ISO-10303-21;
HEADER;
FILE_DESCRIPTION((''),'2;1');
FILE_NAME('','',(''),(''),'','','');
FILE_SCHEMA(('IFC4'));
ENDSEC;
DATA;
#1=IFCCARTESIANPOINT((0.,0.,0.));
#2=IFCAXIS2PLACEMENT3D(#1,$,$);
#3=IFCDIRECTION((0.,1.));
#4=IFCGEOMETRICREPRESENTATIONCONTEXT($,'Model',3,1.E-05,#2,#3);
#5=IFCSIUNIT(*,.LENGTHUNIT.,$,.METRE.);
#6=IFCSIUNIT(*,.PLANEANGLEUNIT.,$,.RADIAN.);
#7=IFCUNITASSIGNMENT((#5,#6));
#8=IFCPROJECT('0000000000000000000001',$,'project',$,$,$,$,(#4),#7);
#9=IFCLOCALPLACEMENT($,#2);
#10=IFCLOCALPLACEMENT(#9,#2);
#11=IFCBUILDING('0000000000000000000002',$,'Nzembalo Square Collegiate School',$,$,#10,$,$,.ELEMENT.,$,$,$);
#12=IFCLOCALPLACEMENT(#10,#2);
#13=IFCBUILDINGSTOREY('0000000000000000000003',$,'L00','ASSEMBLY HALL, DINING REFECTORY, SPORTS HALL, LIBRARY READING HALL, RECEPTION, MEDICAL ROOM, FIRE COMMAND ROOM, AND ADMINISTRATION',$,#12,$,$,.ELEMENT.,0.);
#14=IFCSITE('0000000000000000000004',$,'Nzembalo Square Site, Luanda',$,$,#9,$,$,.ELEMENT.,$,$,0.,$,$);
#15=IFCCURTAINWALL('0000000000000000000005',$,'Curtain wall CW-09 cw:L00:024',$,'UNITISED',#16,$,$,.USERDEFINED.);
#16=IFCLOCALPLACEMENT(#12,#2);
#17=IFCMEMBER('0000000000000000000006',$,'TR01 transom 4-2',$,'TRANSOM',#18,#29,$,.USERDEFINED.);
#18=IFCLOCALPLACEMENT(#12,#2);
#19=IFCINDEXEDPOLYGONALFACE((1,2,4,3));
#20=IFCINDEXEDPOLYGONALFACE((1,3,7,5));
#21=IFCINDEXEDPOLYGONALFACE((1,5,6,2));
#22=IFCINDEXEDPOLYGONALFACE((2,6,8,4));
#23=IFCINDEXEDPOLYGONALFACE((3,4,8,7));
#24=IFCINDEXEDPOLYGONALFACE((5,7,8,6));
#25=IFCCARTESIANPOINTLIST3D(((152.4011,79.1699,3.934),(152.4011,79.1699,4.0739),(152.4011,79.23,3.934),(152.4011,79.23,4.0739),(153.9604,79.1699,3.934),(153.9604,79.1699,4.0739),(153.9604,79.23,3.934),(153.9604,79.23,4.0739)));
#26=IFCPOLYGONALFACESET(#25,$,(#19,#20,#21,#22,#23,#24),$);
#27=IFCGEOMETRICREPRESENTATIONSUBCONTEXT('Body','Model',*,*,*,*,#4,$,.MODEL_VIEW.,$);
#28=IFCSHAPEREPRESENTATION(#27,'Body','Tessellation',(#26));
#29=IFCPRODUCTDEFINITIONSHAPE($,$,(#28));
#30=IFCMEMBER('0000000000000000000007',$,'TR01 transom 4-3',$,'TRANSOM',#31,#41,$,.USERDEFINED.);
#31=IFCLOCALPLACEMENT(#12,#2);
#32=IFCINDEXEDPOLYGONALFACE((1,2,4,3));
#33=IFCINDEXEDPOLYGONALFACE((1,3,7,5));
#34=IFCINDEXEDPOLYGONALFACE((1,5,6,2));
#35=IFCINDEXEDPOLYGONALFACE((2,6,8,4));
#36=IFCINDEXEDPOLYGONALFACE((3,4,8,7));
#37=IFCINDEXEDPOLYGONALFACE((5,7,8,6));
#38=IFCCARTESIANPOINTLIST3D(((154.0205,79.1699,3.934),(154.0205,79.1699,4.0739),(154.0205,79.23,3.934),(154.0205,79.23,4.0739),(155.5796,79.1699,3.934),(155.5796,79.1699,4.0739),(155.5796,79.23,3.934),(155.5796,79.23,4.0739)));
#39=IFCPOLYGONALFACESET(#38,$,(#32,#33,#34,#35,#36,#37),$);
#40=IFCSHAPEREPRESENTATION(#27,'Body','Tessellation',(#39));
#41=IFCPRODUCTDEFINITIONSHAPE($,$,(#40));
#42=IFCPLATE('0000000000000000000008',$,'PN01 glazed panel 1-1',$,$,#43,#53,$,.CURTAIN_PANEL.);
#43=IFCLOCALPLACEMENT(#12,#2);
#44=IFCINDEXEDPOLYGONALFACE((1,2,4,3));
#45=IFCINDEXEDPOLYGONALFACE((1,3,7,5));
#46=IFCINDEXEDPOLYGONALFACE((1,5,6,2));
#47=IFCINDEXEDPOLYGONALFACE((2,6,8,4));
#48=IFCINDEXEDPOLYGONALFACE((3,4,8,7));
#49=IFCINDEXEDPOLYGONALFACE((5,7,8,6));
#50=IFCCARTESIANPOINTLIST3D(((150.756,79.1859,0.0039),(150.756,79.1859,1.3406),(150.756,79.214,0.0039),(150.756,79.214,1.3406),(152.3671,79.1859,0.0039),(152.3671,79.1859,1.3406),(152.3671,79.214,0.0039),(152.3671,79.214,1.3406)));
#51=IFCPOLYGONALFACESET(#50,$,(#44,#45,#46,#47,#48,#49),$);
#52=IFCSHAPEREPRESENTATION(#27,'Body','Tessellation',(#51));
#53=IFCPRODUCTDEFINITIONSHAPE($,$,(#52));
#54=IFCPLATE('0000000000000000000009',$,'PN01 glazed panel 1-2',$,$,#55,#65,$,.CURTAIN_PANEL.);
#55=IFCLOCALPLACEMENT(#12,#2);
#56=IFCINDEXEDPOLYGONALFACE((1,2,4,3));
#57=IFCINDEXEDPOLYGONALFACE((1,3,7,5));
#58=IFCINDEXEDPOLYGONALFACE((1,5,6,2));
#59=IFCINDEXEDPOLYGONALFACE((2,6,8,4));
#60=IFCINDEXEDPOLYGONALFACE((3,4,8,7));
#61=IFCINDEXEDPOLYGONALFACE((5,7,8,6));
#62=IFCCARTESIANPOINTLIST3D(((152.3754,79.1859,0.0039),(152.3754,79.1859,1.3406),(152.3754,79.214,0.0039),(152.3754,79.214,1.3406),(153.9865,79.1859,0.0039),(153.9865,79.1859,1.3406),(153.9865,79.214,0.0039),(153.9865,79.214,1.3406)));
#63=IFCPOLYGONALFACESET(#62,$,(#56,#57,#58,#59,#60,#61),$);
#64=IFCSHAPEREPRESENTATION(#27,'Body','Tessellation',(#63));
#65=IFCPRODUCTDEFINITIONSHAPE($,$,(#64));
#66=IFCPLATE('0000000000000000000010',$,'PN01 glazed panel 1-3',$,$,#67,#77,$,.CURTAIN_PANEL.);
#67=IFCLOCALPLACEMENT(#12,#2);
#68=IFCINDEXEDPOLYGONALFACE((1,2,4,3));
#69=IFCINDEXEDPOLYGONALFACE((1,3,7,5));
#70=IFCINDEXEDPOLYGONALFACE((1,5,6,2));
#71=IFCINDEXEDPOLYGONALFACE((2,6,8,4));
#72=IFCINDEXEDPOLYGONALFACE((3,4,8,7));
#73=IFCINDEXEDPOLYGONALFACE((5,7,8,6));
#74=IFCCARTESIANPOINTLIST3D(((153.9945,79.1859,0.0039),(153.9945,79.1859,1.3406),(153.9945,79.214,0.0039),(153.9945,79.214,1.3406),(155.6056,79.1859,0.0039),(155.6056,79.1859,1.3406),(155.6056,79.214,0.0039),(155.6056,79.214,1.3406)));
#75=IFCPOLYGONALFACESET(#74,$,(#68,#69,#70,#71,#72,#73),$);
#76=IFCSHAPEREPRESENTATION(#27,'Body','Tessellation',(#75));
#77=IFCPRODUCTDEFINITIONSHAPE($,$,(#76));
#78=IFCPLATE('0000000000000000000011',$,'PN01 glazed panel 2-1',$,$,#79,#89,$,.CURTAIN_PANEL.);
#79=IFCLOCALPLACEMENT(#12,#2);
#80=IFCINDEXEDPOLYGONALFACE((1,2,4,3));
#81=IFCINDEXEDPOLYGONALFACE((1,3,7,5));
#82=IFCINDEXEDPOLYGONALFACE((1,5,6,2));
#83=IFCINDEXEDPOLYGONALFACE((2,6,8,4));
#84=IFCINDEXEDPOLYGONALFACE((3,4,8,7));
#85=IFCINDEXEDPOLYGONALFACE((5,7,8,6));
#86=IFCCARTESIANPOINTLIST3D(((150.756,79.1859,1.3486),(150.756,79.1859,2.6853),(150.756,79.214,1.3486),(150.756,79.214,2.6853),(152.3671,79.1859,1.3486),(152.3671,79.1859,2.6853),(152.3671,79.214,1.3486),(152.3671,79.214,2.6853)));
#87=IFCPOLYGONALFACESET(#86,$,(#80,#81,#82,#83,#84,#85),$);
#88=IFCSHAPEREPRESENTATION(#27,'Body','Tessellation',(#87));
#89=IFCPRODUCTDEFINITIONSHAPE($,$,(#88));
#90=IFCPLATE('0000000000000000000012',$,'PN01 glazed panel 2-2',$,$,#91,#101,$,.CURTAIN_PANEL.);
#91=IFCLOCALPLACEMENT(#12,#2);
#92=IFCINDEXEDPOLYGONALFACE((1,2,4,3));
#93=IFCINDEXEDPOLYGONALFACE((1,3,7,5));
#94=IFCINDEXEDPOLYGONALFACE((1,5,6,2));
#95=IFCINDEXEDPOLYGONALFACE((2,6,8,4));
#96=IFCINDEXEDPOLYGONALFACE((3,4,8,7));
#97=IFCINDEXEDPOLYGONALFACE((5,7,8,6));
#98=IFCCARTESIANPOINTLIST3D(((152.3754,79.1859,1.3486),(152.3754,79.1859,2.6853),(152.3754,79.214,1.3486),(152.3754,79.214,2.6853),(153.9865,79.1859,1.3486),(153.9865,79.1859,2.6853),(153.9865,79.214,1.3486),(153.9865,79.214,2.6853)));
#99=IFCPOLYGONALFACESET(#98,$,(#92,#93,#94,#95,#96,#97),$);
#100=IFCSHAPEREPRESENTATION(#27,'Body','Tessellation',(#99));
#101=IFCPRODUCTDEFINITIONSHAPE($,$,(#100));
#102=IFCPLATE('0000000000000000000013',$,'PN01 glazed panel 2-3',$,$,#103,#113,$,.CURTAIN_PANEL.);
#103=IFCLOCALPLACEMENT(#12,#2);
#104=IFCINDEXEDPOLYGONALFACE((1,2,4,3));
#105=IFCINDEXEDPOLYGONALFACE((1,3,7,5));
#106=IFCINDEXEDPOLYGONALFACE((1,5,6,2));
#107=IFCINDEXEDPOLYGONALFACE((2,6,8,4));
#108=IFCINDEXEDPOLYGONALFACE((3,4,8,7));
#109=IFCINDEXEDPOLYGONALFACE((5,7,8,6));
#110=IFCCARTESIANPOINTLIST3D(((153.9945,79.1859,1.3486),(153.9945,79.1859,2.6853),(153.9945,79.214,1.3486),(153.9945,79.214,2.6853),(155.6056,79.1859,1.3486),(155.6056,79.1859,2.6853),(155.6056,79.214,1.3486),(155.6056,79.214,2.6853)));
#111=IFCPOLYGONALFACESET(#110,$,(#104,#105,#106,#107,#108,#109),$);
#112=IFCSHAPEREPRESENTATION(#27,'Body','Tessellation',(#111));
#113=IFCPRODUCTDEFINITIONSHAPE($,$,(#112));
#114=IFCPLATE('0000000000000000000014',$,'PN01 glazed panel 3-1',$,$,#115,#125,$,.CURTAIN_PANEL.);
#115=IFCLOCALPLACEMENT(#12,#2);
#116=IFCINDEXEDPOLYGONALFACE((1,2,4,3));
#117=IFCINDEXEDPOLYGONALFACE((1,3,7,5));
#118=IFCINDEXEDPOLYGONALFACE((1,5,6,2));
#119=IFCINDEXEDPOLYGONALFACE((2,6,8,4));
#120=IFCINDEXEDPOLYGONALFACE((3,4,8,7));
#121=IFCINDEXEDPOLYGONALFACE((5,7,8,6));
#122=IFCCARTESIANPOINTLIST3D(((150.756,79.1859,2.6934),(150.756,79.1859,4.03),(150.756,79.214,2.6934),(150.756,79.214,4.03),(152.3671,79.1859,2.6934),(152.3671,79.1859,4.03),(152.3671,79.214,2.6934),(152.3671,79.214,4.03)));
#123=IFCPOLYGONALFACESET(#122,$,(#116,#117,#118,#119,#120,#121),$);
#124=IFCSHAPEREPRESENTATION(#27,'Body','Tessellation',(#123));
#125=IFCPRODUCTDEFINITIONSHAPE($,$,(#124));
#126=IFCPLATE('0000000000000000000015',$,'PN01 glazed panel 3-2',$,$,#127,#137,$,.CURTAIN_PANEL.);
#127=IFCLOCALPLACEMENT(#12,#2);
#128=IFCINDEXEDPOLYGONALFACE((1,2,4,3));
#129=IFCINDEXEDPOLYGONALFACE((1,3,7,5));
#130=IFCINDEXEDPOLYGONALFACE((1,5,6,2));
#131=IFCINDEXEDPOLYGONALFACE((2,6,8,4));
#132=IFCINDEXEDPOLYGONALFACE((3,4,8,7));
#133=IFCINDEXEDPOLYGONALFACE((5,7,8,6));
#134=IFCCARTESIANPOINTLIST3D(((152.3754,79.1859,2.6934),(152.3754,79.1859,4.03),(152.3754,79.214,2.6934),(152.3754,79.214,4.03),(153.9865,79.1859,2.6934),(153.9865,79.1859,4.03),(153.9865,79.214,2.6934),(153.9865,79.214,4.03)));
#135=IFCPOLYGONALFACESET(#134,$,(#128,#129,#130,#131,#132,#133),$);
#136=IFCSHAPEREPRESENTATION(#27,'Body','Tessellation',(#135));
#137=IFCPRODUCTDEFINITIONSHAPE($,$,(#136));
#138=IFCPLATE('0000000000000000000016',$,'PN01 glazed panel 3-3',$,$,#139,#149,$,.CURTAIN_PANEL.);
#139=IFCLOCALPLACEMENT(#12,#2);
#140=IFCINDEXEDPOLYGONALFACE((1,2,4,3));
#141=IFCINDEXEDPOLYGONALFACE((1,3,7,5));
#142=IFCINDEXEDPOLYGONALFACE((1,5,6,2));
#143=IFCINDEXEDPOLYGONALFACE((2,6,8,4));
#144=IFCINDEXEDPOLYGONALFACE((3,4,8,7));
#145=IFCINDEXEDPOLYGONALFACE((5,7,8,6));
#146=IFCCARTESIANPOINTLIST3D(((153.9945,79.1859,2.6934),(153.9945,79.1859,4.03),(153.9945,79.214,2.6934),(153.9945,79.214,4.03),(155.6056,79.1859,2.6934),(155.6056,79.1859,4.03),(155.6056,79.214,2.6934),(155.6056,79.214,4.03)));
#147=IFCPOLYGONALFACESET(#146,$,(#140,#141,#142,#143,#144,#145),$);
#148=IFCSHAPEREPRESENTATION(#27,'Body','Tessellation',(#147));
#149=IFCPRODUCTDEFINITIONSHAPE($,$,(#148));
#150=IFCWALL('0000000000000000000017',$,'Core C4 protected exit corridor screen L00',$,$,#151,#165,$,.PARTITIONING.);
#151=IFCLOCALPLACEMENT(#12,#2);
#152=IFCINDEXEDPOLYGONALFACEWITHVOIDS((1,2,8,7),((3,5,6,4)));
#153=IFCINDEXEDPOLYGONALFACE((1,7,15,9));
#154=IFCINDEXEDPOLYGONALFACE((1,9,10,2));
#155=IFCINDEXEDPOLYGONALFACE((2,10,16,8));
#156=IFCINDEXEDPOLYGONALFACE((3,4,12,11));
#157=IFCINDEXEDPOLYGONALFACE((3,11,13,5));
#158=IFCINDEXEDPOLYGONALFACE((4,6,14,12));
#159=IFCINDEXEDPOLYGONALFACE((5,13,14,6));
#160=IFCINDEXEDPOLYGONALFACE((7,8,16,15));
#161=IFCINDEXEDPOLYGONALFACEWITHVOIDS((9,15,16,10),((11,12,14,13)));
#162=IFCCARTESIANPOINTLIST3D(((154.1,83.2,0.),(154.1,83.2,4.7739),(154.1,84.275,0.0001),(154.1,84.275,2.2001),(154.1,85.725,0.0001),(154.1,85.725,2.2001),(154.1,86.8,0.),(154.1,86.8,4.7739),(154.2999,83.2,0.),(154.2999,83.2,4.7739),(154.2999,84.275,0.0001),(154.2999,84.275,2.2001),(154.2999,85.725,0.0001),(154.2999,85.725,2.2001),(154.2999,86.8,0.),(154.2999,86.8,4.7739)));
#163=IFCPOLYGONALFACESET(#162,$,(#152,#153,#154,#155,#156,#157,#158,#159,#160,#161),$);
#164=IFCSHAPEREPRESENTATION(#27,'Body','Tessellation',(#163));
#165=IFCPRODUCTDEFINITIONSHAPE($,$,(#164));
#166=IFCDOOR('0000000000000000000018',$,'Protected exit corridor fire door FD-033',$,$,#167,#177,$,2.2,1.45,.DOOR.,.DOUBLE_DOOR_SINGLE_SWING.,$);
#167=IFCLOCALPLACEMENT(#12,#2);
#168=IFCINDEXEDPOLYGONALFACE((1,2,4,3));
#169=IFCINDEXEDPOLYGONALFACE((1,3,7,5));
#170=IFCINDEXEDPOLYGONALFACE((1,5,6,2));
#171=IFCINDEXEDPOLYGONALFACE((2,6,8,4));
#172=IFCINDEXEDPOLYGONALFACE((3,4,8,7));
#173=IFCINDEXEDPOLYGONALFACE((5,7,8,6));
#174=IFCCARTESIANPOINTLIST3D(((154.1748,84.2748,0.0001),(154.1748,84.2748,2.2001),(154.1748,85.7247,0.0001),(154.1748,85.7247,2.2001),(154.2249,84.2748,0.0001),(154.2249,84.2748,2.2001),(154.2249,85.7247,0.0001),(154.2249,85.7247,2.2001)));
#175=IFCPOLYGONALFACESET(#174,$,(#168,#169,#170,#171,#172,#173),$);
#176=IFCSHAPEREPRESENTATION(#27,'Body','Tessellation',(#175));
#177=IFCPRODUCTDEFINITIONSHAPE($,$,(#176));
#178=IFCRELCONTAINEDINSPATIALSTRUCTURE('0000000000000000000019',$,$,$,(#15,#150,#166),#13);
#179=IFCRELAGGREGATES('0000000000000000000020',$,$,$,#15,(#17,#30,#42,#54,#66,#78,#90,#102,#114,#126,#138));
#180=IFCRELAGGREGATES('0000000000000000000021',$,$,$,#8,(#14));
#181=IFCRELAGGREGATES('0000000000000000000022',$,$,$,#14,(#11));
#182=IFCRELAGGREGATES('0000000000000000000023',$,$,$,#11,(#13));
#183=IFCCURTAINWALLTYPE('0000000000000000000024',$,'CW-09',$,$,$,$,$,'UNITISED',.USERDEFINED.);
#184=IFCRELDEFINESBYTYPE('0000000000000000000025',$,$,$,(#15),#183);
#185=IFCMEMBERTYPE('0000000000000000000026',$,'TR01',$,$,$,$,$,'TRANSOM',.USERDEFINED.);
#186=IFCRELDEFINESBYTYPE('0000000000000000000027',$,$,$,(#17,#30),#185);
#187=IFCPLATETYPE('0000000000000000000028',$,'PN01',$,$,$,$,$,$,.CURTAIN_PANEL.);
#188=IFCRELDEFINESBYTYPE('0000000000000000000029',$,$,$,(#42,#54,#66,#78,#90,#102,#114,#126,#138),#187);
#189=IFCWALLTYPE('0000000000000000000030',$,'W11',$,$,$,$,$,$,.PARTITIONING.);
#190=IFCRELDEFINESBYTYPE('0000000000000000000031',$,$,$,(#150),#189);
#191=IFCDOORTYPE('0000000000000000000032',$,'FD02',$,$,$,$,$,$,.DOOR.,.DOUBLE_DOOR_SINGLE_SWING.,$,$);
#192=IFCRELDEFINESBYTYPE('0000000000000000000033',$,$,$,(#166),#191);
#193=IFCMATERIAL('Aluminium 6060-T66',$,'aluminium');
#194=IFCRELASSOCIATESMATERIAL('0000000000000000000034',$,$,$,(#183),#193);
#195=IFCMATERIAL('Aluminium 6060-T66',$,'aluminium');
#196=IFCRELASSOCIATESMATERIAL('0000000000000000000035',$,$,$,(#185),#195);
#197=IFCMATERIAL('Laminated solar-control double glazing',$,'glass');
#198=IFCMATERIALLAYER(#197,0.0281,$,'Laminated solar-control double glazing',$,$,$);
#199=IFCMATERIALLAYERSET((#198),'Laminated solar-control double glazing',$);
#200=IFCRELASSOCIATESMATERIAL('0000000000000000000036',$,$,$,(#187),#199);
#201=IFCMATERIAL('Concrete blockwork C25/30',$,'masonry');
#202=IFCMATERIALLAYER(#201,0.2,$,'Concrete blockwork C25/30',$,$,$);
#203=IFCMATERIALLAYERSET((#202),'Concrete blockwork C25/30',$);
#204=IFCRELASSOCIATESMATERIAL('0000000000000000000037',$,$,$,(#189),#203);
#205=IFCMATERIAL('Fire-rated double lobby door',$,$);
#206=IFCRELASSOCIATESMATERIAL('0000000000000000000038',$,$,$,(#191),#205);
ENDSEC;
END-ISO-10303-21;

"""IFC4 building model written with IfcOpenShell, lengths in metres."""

from ifc_helpers import new_model, si_unit, direction, frame, frame_2d, origin, origin_2d, place, context, subcontext, project, spatial, rectangle, extrude, material, layer, layer_set, material_profile, profile_set, type_object, element, fill, aggregate, save


model = new_model("IFC4")

# Units and contexts
model_context = context("Model", 3, precision=1e-05, world=origin(), true_north=direction((0.0, 1.0)))
body_context = subcontext(model_context, "Body", "Model", "MODEL_VIEW")
ifc_project = project(units=[si_unit("LENGTHUNIT", "METRE"), si_unit("PLANEANGLEUNIT", "RADIAN")], contexts=[model_context])

# Site, building, storey
site_placement = place(None, origin())
site = spatial("IfcSite", under=ifc_project, at=site_placement, Name="Nzembalo Square Site, Luanda", CompositionType="ELEMENT", RefElevation=0.0)
building_placement = place(site_placement, origin())
building = spatial("IfcBuilding", under=site, at=building_placement, Name="Nzembalo Square Collegiate School", CompositionType="ELEMENT")
storey_placement = place(building_placement, origin())
storey = spatial("IfcBuildingStorey", under=building, at=storey_placement, Name="L00", Description="ASSEMBLY HALL, DINING REFECTORY, SPORTS HALL, LIBRARY READING HALL, RECEPTION, MEDICAL ROOM, FIRE COMMAND ROOM, AND ADMINISTRATION", CompositionType="ELEMENT", Elevation=0.0)

# Curtain wall, members, plates
ifc_material_1 = material(Name="Aluminium 6060-T66", Category="aluminium")
curtain_wall_type = type_object("IfcCurtainWallType", Name="CW-09", ElementType="UNITISED", PredefinedType="USERDEFINED", material=ifc_material_1)
curtain_wall_placement = place(storey_placement, origin())
curtain_wall = element("IfcCurtainWall", 1, at=curtain_wall_placement, inside=storey, type_object=curtain_wall_type, Name="Curtain wall CW-09 cw:L00:024", ObjectType="UNITISED", PredefinedType="USERDEFINED")
ifc_material_2 = material(Name="Aluminium 6060-T66", Category="aluminium")
ifc_material_profile_1 = material_profile(ifc_material_2, rectangle(XDim=0.0601, YDim=0.1399, at=origin_2d()), Name="ALU T60x140")
ifc_profile_set_1 = profile_set([ifc_material_profile_1], Name="Aluminium 6060-T66")
member_type_1 = type_object("IfcMemberType", Name="TR01", ElementType="TRANSOM", PredefinedType="USERDEFINED", material=ifc_profile_set_1)
member_1_placement = place(storey_placement, frame((152.4011, 79.2, 4.0039), z_axis=(1.0, 0.0, 0.0), x_axis=(0.0, 1.0, 0.0)))
member_1 = element("IfcMember", 2, at=member_1_placement, type_object=member_type_1, Name="TR01 transom 4-2", ObjectType="TRANSOM", PredefinedType="USERDEFINED", context=body_context, shape_type="SweptSolid", body=[
    extrude(rectangle(XDim=0.0601, YDim=0.1399, at=origin_2d()), origin(), (0.0, 0.0, 1.0), 1.5593),
])
member_2_placement = place(storey_placement, frame((154.0205, 79.2, 4.0039), z_axis=(1.0, 0.0, 0.0), x_axis=(0.0, 1.0, 0.0)))
member_2 = element("IfcMember", 3, at=member_2_placement, type_object=member_type_1, Name="TR01 transom 4-3", ObjectType="TRANSOM", PredefinedType="USERDEFINED", context=body_context, shape_type="SweptSolid", body=[
    extrude(rectangle(XDim=0.0601, YDim=0.1399, at=origin_2d()), origin(), (0.0, 0.0, 1.0), 1.5591),
])
ifc_material_3 = material(Name="Laminated solar-control double glazing", Category="glass")
ifc_layer_1 = layer(ifc_material_3, 0.0281, Name="Laminated solar-control double glazing")
ifc_layer_set_1 = layer_set([ifc_layer_1], Name="Laminated solar-control double glazing")
plate_type = type_object("IfcPlateType", Name="PN01", PredefinedType="CURTAIN_PANEL", material=ifc_layer_set_1)
plate_1_placement = place(storey_placement, frame((151.5615, 79.2, 0.0039), z_axis=(0.0, 0.0, 1.0), x_axis=(1.0, 0.0, 0.0)))
plate_1 = element("IfcPlate", 4, at=plate_1_placement, type_object=plate_type, Name="PN01 glazed panel 1-1", PredefinedType="CURTAIN_PANEL", context=body_context, shape_type="SweptSolid", body=[
    extrude(rectangle(XDim=1.6111, YDim=0.0281, at=origin_2d()), origin(), (0.0, 0.0, 1.0), 1.3367),
])
plate_2_placement = place(storey_placement, frame((153.1809, 79.2, 0.0039), z_axis=(0.0, 0.0, 1.0), x_axis=(1.0, 0.0, 0.0)))
plate_2 = element("IfcPlate", 5, at=plate_2_placement, type_object=plate_type, Name="PN01 glazed panel 1-2", PredefinedType="CURTAIN_PANEL", context=body_context, shape_type="SweptSolid", body=[
    extrude(rectangle(XDim=1.6111, YDim=0.0281, at=origin_2d()), origin(), (0.0, 0.0, 1.0), 1.3367),
])
plate_3_placement = place(storey_placement, frame((154.8, 79.2, 0.0039), z_axis=(0.0, 0.0, 1.0), x_axis=(1.0, 0.0, 0.0)))
plate_3 = element("IfcPlate", 6, at=plate_3_placement, type_object=plate_type, Name="PN01 glazed panel 1-3", PredefinedType="CURTAIN_PANEL", context=body_context, shape_type="SweptSolid", body=[
    extrude(rectangle(XDim=1.6111, YDim=0.0281, at=origin_2d()), origin(), (0.0, 0.0, 1.0), 1.3367),
])
plate_4_placement = place(storey_placement, frame((151.5615, 79.2, 1.3486), z_axis=(0.0, 0.0, 1.0), x_axis=(1.0, 0.0, 0.0)))
plate_4 = element("IfcPlate", 7, at=plate_4_placement, type_object=plate_type, Name="PN01 glazed panel 2-1", PredefinedType="CURTAIN_PANEL", context=body_context, shape_type="SweptSolid", body=[
    extrude(rectangle(XDim=1.6111, YDim=0.0281, at=origin_2d()), origin(), (0.0, 0.0, 1.0), 1.3367),
])
plate_5_placement = place(storey_placement, frame((153.1809, 79.2, 1.3486), z_axis=(0.0, 0.0, 1.0), x_axis=(1.0, 0.0, 0.0)))
plate_5 = element("IfcPlate", 8, at=plate_5_placement, type_object=plate_type, Name="PN01 glazed panel 2-2", PredefinedType="CURTAIN_PANEL", context=body_context, shape_type="SweptSolid", body=[
    extrude(rectangle(XDim=1.6111, YDim=0.0281, at=origin_2d()), origin(), (0.0, 0.0, 1.0), 1.3367),
])
plate_6_placement = place(storey_placement, frame((154.8, 79.2, 1.3486), z_axis=(0.0, 0.0, 1.0), x_axis=(1.0, 0.0, 0.0)))
plate_6 = element("IfcPlate", 9, at=plate_6_placement, type_object=plate_type, Name="PN01 glazed panel 2-3", PredefinedType="CURTAIN_PANEL", context=body_context, shape_type="SweptSolid", body=[
    extrude(rectangle(XDim=1.6111, YDim=0.0281, at=origin_2d()), origin(), (0.0, 0.0, 1.0), 1.3367),
])
plate_7_placement = place(storey_placement, frame((151.5615, 79.2, 2.6934), z_axis=(0.0, 0.0, 1.0), x_axis=(1.0, 0.0, 0.0)))
plate_7 = element("IfcPlate", 10, at=plate_7_placement, type_object=plate_type, Name="PN01 glazed panel 3-1", PredefinedType="CURTAIN_PANEL", context=body_context, shape_type="SweptSolid", body=[
    extrude(rectangle(XDim=1.6111, YDim=0.0281, at=origin_2d()), origin(), (0.0, 0.0, 1.0), 1.3367),
])
plate_8_placement = place(storey_placement, frame((153.1809, 79.2, 2.6934), z_axis=(0.0, 0.0, 1.0), x_axis=(1.0, 0.0, 0.0)))
plate_8 = element("IfcPlate", 11, at=plate_8_placement, type_object=plate_type, Name="PN01 glazed panel 3-2", PredefinedType="CURTAIN_PANEL", context=body_context, shape_type="SweptSolid", body=[
    extrude(rectangle(XDim=1.6111, YDim=0.0281, at=origin_2d()), origin(), (0.0, 0.0, 1.0), 1.3367),
])
plate_9_placement = place(storey_placement, frame((154.8, 79.2, 2.6934), z_axis=(0.0, 0.0, 1.0), x_axis=(1.0, 0.0, 0.0)))
plate_9 = element("IfcPlate", 12, at=plate_9_placement, type_object=plate_type, Name="PN01 glazed panel 3-3", PredefinedType="CURTAIN_PANEL", context=body_context, shape_type="SweptSolid", body=[
    extrude(rectangle(XDim=1.6111, YDim=0.0281, at=origin_2d()), origin(), (0.0, 0.0, 1.0), 1.3367),
])
aggregate(curtain_wall, [member_1, member_2, plate_1, plate_2, plate_3, plate_4, plate_5, plate_6, plate_7, plate_8, plate_9])

# Wall, opening, door
ifc_material_4 = material(Name="Concrete blockwork C25/30", Category="masonry")
ifc_layer_2 = layer(ifc_material_4, 0.2, Name="Concrete blockwork C25/30")
ifc_layer_set_2 = layer_set([ifc_layer_2], Name="Concrete blockwork C25/30")
wall_type = type_object("IfcWallType", Name="W11", PredefinedType="PARTITIONING", material=ifc_layer_set_2)
wall_placement = place(storey_placement, frame((154.2, 83.2, 0.0), z_axis=(0.0, 0.0, 1.0), x_axis=(0.0, 1.0, 0.0)))
wall = element("IfcWall", 13, at=wall_placement, inside=storey, type_object=wall_type, Name="Core C4 protected exit corridor screen L00", PredefinedType="PARTITIONING", context=body_context, shape_type="SweptSolid", body=[
    extrude(rectangle(XDim=3.6001, YDim=0.2, at=frame_2d((1.8, 0.0))), origin(), (0.0, 0.0, 1.0), 4.7739),
])
opening_placement = place(wall_placement, frame((1.075, 0.0, 0.0)))
opening = element("IfcOpeningElement", 14, at=opening_placement, cuts=wall, PredefinedType="OPENING", context=body_context, shape_type="SweptSolid", body=[
    extrude(rectangle(XDim=1.45, YDim=2.2, at=frame_2d((0.7251, 1.1001))), frame((0.0, 0.1099, 0.0), z_axis=(0.0, -1.0, 0.0), x_axis=(1.0, 0.0, 0.0)), (0.0, 0.0, 1.0), 0.22),
])
ifc_material_5 = material(Name="Fire-rated double lobby door")
door_type = type_object("IfcDoorType", Name="FD02", OperationType="DOUBLE_DOOR_SINGLE_SWING", PredefinedType="DOOR", material=ifc_material_5)
door_placement = place(opening_placement, frame((1.45, 0.0, 0.0), z_axis=(0.0, 0.0, 1.0), x_axis=(-1.0, 0.0, 0.0)))
door = element("IfcDoor", 15, at=door_placement, inside=storey, type_object=door_type, Name="Protected exit corridor fire door FD-033", OperationType="DOUBLE_DOOR_SINGLE_SWING", OverallHeight=2.2, OverallWidth=1.45, PredefinedType="DOOR", context=body_context, shape_type="SweptSolid", body=[
    extrude(rectangle(XDim=1.45, YDim=2.2, at=frame_2d((0.7251, 1.1001))), frame((0.0, 0.0249, 0.0), z_axis=(0.0, -1.0, 0.0), x_axis=(1.0, 0.0, 0.0)), (0.0, 0.0, 1.0), 0.05),
])
fill(opening, door)

save(model, "model.ifc")
